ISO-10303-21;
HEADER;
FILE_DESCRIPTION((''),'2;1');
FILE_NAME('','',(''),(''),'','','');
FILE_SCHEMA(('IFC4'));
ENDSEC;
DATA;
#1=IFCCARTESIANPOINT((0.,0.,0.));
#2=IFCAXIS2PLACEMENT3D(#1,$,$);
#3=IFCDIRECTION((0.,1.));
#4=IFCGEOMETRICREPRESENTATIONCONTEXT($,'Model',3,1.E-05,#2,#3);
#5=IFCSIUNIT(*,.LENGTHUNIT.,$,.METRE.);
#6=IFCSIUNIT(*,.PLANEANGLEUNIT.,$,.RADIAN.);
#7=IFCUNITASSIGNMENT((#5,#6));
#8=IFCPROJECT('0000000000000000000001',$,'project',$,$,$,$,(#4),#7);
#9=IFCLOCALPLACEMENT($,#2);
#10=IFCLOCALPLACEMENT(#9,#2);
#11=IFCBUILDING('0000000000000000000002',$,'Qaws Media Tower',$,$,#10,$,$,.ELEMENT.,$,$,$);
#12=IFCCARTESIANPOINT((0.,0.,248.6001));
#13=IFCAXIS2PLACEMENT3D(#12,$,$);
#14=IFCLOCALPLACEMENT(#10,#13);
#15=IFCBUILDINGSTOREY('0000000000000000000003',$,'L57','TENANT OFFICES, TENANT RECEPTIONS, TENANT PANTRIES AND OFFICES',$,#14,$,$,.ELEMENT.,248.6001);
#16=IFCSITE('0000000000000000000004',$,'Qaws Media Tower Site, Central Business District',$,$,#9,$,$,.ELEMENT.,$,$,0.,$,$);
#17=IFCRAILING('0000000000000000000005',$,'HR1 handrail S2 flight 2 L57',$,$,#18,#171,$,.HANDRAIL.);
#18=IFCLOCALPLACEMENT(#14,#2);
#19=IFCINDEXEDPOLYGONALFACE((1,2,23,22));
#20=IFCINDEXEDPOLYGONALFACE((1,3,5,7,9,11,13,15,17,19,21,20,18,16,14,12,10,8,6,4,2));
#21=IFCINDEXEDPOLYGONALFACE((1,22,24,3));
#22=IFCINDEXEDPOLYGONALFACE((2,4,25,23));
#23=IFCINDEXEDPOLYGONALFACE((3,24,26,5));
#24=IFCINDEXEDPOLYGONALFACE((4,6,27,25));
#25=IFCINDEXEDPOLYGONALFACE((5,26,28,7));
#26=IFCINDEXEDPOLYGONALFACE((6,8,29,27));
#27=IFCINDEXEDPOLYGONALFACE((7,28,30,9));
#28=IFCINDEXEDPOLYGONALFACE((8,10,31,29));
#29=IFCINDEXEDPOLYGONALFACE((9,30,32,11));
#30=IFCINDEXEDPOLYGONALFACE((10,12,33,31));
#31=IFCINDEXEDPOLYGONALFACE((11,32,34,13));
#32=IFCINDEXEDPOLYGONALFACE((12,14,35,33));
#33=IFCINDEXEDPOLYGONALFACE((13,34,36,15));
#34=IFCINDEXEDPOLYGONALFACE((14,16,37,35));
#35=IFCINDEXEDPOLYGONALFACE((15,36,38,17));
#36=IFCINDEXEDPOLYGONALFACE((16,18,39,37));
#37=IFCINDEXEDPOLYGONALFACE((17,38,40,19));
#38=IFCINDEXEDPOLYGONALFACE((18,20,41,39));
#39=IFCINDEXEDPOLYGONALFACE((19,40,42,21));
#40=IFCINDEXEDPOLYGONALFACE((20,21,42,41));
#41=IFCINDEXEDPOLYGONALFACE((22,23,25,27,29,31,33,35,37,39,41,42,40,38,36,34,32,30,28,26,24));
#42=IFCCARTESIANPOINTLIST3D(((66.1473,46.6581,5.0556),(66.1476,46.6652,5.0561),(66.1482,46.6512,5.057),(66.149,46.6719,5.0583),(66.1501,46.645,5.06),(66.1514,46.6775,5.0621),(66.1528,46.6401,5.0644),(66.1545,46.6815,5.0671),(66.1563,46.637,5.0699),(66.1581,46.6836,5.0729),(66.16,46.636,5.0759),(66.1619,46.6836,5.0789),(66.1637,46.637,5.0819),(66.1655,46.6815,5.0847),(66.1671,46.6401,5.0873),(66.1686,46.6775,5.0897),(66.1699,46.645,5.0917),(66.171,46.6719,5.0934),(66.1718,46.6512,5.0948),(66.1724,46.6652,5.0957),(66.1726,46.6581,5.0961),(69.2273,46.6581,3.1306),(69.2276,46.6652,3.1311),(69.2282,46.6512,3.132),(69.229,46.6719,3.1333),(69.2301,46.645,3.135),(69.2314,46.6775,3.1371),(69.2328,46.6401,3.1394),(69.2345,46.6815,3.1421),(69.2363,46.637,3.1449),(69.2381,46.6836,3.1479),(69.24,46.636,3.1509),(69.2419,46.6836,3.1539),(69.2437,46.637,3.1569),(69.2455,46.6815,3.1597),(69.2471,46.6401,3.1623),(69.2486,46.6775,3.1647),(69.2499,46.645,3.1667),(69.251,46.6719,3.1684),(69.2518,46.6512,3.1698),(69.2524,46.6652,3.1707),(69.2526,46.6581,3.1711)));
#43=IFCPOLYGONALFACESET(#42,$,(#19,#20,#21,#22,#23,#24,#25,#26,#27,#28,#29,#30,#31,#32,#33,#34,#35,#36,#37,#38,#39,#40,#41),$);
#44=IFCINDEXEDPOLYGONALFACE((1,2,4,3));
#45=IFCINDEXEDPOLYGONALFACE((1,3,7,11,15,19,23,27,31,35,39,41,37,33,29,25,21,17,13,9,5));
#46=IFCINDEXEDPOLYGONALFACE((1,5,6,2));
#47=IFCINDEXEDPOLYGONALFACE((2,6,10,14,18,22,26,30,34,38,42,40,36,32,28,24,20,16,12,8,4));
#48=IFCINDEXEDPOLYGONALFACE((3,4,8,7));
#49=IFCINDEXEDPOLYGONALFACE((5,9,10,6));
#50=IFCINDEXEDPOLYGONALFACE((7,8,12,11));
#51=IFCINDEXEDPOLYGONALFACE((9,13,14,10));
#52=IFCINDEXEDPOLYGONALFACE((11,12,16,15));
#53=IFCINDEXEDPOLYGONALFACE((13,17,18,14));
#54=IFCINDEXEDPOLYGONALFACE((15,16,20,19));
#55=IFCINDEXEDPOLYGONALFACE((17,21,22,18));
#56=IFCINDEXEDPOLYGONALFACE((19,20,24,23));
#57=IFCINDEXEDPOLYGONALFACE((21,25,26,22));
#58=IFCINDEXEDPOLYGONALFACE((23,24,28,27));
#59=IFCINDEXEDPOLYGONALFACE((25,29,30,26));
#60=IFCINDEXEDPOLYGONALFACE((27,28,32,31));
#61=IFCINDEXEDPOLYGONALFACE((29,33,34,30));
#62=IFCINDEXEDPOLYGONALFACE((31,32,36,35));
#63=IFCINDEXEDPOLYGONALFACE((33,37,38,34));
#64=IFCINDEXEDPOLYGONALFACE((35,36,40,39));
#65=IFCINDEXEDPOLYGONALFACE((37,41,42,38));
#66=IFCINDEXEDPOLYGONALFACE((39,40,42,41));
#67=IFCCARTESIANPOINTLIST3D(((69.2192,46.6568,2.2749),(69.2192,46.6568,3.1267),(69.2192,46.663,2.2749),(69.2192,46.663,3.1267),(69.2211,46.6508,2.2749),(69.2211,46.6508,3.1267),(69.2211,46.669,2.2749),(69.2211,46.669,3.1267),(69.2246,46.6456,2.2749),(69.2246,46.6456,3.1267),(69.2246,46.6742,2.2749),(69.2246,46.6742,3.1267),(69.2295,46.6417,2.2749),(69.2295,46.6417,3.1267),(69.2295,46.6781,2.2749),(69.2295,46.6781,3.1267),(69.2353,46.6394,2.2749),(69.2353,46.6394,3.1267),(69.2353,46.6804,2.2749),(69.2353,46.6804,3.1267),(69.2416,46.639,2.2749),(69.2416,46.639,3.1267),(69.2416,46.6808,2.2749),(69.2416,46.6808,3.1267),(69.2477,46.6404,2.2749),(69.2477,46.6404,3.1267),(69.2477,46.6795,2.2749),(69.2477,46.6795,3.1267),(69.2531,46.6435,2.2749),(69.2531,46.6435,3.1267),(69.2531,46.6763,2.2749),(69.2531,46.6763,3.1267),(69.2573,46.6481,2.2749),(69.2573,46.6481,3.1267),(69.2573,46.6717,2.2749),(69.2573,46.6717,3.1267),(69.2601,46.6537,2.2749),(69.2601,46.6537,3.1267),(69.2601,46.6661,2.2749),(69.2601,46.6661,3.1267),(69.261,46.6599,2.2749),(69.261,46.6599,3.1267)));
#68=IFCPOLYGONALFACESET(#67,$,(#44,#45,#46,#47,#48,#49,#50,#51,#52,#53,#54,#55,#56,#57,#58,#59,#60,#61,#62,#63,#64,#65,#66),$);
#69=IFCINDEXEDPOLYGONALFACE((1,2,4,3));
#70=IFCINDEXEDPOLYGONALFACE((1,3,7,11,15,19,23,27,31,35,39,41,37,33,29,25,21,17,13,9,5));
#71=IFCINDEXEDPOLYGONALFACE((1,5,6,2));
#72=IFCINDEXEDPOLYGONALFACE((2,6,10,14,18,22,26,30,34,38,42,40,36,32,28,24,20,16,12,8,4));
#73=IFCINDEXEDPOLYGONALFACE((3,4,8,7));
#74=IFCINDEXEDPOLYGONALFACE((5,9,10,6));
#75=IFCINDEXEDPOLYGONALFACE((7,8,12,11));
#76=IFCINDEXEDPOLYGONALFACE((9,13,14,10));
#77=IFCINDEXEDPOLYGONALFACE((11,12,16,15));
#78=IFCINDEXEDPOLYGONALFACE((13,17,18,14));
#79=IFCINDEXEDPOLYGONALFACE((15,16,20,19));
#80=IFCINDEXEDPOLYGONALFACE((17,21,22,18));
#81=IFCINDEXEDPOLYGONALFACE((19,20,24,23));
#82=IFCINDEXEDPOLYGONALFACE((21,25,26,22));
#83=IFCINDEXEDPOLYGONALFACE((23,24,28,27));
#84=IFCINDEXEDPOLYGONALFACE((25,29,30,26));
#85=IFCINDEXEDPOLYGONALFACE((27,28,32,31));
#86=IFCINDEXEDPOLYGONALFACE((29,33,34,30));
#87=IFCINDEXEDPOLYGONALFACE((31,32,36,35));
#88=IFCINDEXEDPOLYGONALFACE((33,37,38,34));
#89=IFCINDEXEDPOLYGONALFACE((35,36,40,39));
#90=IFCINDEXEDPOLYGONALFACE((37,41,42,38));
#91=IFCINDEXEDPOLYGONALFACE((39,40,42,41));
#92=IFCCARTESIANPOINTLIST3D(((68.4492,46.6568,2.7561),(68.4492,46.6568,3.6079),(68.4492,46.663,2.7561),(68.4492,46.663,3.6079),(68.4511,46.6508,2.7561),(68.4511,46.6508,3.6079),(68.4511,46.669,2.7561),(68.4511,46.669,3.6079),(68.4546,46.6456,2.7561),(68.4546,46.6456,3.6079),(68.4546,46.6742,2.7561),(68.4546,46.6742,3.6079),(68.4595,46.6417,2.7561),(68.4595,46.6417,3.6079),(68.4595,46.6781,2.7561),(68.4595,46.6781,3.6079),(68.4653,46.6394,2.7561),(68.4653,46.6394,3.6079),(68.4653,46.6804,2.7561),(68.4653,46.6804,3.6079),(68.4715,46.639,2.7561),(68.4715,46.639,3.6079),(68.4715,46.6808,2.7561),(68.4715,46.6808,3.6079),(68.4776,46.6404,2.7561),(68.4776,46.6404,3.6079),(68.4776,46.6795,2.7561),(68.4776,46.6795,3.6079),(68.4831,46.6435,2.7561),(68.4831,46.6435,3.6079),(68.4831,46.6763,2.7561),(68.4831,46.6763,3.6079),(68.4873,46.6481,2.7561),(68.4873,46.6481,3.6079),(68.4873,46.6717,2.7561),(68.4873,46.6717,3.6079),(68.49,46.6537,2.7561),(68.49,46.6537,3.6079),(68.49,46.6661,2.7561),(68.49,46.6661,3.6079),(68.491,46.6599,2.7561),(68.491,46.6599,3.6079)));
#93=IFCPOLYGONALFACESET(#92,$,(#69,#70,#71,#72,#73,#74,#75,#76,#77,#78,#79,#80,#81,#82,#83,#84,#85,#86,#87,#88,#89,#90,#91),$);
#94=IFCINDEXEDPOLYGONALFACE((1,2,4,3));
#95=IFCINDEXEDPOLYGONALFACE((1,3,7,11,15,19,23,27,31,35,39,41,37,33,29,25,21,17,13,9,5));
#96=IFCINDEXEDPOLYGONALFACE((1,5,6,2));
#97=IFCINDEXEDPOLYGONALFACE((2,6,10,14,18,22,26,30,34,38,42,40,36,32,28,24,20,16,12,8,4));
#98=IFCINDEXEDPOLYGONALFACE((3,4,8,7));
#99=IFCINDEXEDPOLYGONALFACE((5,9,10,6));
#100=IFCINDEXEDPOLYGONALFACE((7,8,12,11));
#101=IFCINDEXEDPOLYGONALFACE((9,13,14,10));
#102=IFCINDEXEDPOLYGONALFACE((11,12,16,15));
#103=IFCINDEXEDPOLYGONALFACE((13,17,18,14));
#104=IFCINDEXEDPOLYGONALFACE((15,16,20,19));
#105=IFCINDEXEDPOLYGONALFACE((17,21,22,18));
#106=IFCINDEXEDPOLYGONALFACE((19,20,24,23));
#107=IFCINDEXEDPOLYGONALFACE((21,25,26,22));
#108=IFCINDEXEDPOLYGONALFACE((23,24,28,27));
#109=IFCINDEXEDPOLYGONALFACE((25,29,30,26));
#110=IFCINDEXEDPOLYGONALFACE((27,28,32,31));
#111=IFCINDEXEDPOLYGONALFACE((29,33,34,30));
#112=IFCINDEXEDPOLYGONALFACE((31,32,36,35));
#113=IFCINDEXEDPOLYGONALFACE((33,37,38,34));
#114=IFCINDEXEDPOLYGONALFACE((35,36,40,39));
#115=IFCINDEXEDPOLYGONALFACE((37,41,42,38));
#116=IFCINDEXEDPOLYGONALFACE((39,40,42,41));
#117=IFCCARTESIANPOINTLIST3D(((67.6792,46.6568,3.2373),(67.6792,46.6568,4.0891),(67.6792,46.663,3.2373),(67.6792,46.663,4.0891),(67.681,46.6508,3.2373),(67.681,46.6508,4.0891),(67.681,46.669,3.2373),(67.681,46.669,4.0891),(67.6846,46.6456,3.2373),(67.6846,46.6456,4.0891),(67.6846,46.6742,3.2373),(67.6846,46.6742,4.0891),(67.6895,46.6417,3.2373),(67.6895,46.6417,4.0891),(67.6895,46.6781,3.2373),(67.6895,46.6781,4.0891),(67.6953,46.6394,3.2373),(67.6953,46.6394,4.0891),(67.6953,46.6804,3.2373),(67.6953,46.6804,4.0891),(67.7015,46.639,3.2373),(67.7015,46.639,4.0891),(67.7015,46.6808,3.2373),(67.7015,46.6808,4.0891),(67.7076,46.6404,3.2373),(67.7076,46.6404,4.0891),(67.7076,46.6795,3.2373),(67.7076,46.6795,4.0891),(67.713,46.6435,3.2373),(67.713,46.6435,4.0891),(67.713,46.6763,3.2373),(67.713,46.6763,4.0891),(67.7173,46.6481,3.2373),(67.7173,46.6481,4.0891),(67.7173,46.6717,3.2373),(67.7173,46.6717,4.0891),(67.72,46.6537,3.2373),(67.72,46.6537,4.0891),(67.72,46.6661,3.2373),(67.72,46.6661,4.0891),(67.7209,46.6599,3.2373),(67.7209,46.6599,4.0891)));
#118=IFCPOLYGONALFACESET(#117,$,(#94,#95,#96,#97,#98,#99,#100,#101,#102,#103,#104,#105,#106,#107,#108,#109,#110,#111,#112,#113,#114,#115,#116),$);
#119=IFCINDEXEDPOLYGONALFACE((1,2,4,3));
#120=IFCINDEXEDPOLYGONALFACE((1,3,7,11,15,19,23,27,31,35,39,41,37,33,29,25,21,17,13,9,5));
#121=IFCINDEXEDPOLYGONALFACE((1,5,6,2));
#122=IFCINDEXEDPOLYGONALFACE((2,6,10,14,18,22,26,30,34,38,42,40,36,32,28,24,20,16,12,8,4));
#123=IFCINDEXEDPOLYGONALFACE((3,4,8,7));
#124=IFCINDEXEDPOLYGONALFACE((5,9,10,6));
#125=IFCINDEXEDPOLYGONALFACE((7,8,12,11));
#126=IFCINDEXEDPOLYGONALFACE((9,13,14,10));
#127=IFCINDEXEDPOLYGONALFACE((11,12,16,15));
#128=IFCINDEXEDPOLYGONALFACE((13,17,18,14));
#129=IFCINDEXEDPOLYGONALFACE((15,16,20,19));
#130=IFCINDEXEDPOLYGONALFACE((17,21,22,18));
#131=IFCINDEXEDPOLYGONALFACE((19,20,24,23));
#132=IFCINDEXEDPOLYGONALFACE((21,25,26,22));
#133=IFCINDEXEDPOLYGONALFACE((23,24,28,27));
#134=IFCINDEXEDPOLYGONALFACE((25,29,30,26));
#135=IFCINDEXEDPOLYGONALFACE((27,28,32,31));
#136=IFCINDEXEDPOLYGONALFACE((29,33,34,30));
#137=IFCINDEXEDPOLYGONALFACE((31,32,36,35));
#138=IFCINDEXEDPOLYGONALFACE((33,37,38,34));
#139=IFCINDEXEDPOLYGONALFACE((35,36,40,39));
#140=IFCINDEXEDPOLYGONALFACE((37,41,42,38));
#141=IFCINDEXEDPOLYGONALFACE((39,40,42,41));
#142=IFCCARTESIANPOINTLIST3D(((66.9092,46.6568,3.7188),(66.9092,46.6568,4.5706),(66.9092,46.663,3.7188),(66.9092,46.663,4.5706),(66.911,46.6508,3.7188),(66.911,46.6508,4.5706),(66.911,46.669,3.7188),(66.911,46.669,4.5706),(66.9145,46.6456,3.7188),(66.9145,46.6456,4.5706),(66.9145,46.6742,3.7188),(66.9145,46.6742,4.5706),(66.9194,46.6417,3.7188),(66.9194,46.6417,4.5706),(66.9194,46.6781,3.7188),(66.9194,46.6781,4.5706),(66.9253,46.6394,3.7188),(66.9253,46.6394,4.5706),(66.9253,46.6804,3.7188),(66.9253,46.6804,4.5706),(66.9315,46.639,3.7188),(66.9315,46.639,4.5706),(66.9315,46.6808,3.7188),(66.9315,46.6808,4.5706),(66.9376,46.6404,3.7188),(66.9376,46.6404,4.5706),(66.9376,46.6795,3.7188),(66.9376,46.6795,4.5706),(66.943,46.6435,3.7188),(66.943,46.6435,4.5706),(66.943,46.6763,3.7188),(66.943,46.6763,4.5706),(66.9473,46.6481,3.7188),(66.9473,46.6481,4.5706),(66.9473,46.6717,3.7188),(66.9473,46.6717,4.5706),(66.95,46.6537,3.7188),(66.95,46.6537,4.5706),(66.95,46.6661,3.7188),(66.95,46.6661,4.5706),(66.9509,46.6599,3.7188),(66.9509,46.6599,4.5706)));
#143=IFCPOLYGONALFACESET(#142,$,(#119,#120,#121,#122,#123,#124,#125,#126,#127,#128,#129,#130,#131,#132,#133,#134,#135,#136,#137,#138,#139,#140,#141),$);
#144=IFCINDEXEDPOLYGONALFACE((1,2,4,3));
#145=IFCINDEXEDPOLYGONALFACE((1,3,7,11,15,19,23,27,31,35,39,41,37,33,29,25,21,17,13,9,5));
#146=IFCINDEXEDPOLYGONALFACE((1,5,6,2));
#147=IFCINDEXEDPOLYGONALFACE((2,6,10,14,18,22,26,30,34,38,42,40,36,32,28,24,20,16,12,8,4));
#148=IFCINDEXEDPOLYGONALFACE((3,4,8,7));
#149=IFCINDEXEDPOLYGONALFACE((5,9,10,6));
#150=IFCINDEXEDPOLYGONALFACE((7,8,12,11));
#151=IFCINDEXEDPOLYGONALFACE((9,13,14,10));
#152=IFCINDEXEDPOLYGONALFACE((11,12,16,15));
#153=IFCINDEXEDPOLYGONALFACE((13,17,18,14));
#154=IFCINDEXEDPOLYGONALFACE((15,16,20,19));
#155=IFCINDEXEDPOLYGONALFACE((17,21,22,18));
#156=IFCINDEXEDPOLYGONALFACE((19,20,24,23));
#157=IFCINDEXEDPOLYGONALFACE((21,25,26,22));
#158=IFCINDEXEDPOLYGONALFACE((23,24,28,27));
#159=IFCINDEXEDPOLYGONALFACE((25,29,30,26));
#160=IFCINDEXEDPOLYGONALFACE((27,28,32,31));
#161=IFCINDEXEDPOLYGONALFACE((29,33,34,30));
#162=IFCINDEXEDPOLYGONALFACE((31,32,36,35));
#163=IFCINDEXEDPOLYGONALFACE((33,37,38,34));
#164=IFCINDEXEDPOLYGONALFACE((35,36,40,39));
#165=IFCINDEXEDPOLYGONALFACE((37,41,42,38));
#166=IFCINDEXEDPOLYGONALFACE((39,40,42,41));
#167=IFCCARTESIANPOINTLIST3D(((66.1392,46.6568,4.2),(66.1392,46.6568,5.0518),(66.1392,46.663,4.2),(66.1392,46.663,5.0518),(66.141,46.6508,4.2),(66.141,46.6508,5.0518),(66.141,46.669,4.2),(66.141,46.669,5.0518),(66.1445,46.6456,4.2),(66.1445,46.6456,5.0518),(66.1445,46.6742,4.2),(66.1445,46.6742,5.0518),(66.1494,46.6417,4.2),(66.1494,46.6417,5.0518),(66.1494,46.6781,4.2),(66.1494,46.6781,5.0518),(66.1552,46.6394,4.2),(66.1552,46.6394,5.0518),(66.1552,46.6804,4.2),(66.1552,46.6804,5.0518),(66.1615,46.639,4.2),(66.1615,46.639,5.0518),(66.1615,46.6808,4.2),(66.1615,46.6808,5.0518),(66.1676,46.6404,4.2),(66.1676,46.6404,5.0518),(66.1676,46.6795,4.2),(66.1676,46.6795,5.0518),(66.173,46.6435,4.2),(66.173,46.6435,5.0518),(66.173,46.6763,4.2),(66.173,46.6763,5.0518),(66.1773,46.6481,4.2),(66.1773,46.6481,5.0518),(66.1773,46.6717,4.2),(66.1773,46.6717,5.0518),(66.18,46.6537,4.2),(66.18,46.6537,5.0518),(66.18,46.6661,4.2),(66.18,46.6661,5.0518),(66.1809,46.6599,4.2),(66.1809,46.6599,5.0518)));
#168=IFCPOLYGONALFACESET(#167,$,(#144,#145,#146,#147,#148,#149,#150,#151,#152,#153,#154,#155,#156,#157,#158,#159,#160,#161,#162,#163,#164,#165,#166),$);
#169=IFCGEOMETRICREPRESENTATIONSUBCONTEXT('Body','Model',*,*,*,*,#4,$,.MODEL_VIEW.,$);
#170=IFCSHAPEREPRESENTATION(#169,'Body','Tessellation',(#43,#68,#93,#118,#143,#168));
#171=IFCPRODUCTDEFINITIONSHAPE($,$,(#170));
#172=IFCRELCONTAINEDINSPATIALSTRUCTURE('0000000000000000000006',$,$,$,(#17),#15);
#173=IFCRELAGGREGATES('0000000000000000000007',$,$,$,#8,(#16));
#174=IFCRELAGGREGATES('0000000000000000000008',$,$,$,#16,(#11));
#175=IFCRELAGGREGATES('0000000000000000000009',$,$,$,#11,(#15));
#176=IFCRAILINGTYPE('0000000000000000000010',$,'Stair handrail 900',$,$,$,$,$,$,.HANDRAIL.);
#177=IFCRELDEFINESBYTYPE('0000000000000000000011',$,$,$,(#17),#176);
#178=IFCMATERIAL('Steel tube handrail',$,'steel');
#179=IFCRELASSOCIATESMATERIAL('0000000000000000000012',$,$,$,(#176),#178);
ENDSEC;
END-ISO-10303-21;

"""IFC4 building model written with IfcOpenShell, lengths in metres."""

from ifc_helpers import new_model, si_unit, direction, frame, origin, origin_2d, place, context, subcontext, project, spatial, circle, extrude, material, type_object, element, save


model = new_model("IFC4")

# Units and contexts
model_context = context("Model", 3, precision=1e-05, world=origin(), true_north=direction((0.0, 1.0)))
body_context = subcontext(model_context, "Body", "Model", "MODEL_VIEW")
ifc_project = project(units=[si_unit("LENGTHUNIT", "METRE"), si_unit("PLANEANGLEUNIT", "RADIAN")], contexts=[model_context])

# Site, building, storey
site_placement = place(None, origin())
site = spatial("IfcSite", under=ifc_project, at=site_placement, Name="Qaws Media Tower Site, Central Business District", CompositionType="ELEMENT", RefElevation=0.0)
building_placement = place(site_placement, origin())
building = spatial("IfcBuilding", under=site, at=building_placement, Name="Qaws Media Tower", CompositionType="ELEMENT")
storey_placement = place(building_placement, frame((0.0, 0.0, 248.6001)))
storey = spatial("IfcBuildingStorey", under=building, at=storey_placement, Name="L57", Description="TENANT OFFICES, TENANT RECEPTIONS, TENANT PANTRIES AND OFFICES", CompositionType="ELEMENT", Elevation=248.6001)

# Railing
ifc_material_1 = material(Name="Steel tube handrail", Category="steel")
railing_type = type_object("IfcRailingType", Name="Stair handrail 900", PredefinedType="HANDRAIL", material=ifc_material_1)
for number, where, name in (
    (1, (69.24, 46.6599, 2.2749), "HR1 handrail S2 flight 2 L57"),
):
    element("IfcRailing", number, at=place(storey_placement, frame(where)), inside=storey, type_object=railing_type, Name=name, PredefinedType="HANDRAIL", context=body_context, shape_type="SweptSolid", body=[
        extrude(circle(Radius=0.0239, at=origin_2d()), frame((0.0, 0.0, 0.876), z_axis=(-0.847998, 0.0, 0.529999), x_axis=(0.0, -1.0, 0.0)), (0.0, 0.0, 1.0), 3.6321),
        extrude(circle(Radius=0.021, at=origin_2d()), origin(), (0.0, 0.0, 1.0), 0.8518),
        extrude(circle(Radius=0.021, at=origin_2d()), frame((-0.77, 0.0, 0.4812)), (0.0, 0.0, 1.0), 0.8518),
        extrude(circle(Radius=0.021, at=origin_2d()), frame((-1.54, 0.0, 0.9624)), (0.0, 0.0, 1.0), 0.8518),
        extrude(circle(Radius=0.021, at=origin_2d()), frame((-2.3101, 0.0, 1.4438)), (0.0, 0.0, 1.0), 0.8518),
        extrude(circle(Radius=0.021, at=origin_2d()), frame((-3.0801, 0.0, 1.925)), (0.0, 0.0, 1.0), 0.8518),
    ])

save(model, "model.ifc")
